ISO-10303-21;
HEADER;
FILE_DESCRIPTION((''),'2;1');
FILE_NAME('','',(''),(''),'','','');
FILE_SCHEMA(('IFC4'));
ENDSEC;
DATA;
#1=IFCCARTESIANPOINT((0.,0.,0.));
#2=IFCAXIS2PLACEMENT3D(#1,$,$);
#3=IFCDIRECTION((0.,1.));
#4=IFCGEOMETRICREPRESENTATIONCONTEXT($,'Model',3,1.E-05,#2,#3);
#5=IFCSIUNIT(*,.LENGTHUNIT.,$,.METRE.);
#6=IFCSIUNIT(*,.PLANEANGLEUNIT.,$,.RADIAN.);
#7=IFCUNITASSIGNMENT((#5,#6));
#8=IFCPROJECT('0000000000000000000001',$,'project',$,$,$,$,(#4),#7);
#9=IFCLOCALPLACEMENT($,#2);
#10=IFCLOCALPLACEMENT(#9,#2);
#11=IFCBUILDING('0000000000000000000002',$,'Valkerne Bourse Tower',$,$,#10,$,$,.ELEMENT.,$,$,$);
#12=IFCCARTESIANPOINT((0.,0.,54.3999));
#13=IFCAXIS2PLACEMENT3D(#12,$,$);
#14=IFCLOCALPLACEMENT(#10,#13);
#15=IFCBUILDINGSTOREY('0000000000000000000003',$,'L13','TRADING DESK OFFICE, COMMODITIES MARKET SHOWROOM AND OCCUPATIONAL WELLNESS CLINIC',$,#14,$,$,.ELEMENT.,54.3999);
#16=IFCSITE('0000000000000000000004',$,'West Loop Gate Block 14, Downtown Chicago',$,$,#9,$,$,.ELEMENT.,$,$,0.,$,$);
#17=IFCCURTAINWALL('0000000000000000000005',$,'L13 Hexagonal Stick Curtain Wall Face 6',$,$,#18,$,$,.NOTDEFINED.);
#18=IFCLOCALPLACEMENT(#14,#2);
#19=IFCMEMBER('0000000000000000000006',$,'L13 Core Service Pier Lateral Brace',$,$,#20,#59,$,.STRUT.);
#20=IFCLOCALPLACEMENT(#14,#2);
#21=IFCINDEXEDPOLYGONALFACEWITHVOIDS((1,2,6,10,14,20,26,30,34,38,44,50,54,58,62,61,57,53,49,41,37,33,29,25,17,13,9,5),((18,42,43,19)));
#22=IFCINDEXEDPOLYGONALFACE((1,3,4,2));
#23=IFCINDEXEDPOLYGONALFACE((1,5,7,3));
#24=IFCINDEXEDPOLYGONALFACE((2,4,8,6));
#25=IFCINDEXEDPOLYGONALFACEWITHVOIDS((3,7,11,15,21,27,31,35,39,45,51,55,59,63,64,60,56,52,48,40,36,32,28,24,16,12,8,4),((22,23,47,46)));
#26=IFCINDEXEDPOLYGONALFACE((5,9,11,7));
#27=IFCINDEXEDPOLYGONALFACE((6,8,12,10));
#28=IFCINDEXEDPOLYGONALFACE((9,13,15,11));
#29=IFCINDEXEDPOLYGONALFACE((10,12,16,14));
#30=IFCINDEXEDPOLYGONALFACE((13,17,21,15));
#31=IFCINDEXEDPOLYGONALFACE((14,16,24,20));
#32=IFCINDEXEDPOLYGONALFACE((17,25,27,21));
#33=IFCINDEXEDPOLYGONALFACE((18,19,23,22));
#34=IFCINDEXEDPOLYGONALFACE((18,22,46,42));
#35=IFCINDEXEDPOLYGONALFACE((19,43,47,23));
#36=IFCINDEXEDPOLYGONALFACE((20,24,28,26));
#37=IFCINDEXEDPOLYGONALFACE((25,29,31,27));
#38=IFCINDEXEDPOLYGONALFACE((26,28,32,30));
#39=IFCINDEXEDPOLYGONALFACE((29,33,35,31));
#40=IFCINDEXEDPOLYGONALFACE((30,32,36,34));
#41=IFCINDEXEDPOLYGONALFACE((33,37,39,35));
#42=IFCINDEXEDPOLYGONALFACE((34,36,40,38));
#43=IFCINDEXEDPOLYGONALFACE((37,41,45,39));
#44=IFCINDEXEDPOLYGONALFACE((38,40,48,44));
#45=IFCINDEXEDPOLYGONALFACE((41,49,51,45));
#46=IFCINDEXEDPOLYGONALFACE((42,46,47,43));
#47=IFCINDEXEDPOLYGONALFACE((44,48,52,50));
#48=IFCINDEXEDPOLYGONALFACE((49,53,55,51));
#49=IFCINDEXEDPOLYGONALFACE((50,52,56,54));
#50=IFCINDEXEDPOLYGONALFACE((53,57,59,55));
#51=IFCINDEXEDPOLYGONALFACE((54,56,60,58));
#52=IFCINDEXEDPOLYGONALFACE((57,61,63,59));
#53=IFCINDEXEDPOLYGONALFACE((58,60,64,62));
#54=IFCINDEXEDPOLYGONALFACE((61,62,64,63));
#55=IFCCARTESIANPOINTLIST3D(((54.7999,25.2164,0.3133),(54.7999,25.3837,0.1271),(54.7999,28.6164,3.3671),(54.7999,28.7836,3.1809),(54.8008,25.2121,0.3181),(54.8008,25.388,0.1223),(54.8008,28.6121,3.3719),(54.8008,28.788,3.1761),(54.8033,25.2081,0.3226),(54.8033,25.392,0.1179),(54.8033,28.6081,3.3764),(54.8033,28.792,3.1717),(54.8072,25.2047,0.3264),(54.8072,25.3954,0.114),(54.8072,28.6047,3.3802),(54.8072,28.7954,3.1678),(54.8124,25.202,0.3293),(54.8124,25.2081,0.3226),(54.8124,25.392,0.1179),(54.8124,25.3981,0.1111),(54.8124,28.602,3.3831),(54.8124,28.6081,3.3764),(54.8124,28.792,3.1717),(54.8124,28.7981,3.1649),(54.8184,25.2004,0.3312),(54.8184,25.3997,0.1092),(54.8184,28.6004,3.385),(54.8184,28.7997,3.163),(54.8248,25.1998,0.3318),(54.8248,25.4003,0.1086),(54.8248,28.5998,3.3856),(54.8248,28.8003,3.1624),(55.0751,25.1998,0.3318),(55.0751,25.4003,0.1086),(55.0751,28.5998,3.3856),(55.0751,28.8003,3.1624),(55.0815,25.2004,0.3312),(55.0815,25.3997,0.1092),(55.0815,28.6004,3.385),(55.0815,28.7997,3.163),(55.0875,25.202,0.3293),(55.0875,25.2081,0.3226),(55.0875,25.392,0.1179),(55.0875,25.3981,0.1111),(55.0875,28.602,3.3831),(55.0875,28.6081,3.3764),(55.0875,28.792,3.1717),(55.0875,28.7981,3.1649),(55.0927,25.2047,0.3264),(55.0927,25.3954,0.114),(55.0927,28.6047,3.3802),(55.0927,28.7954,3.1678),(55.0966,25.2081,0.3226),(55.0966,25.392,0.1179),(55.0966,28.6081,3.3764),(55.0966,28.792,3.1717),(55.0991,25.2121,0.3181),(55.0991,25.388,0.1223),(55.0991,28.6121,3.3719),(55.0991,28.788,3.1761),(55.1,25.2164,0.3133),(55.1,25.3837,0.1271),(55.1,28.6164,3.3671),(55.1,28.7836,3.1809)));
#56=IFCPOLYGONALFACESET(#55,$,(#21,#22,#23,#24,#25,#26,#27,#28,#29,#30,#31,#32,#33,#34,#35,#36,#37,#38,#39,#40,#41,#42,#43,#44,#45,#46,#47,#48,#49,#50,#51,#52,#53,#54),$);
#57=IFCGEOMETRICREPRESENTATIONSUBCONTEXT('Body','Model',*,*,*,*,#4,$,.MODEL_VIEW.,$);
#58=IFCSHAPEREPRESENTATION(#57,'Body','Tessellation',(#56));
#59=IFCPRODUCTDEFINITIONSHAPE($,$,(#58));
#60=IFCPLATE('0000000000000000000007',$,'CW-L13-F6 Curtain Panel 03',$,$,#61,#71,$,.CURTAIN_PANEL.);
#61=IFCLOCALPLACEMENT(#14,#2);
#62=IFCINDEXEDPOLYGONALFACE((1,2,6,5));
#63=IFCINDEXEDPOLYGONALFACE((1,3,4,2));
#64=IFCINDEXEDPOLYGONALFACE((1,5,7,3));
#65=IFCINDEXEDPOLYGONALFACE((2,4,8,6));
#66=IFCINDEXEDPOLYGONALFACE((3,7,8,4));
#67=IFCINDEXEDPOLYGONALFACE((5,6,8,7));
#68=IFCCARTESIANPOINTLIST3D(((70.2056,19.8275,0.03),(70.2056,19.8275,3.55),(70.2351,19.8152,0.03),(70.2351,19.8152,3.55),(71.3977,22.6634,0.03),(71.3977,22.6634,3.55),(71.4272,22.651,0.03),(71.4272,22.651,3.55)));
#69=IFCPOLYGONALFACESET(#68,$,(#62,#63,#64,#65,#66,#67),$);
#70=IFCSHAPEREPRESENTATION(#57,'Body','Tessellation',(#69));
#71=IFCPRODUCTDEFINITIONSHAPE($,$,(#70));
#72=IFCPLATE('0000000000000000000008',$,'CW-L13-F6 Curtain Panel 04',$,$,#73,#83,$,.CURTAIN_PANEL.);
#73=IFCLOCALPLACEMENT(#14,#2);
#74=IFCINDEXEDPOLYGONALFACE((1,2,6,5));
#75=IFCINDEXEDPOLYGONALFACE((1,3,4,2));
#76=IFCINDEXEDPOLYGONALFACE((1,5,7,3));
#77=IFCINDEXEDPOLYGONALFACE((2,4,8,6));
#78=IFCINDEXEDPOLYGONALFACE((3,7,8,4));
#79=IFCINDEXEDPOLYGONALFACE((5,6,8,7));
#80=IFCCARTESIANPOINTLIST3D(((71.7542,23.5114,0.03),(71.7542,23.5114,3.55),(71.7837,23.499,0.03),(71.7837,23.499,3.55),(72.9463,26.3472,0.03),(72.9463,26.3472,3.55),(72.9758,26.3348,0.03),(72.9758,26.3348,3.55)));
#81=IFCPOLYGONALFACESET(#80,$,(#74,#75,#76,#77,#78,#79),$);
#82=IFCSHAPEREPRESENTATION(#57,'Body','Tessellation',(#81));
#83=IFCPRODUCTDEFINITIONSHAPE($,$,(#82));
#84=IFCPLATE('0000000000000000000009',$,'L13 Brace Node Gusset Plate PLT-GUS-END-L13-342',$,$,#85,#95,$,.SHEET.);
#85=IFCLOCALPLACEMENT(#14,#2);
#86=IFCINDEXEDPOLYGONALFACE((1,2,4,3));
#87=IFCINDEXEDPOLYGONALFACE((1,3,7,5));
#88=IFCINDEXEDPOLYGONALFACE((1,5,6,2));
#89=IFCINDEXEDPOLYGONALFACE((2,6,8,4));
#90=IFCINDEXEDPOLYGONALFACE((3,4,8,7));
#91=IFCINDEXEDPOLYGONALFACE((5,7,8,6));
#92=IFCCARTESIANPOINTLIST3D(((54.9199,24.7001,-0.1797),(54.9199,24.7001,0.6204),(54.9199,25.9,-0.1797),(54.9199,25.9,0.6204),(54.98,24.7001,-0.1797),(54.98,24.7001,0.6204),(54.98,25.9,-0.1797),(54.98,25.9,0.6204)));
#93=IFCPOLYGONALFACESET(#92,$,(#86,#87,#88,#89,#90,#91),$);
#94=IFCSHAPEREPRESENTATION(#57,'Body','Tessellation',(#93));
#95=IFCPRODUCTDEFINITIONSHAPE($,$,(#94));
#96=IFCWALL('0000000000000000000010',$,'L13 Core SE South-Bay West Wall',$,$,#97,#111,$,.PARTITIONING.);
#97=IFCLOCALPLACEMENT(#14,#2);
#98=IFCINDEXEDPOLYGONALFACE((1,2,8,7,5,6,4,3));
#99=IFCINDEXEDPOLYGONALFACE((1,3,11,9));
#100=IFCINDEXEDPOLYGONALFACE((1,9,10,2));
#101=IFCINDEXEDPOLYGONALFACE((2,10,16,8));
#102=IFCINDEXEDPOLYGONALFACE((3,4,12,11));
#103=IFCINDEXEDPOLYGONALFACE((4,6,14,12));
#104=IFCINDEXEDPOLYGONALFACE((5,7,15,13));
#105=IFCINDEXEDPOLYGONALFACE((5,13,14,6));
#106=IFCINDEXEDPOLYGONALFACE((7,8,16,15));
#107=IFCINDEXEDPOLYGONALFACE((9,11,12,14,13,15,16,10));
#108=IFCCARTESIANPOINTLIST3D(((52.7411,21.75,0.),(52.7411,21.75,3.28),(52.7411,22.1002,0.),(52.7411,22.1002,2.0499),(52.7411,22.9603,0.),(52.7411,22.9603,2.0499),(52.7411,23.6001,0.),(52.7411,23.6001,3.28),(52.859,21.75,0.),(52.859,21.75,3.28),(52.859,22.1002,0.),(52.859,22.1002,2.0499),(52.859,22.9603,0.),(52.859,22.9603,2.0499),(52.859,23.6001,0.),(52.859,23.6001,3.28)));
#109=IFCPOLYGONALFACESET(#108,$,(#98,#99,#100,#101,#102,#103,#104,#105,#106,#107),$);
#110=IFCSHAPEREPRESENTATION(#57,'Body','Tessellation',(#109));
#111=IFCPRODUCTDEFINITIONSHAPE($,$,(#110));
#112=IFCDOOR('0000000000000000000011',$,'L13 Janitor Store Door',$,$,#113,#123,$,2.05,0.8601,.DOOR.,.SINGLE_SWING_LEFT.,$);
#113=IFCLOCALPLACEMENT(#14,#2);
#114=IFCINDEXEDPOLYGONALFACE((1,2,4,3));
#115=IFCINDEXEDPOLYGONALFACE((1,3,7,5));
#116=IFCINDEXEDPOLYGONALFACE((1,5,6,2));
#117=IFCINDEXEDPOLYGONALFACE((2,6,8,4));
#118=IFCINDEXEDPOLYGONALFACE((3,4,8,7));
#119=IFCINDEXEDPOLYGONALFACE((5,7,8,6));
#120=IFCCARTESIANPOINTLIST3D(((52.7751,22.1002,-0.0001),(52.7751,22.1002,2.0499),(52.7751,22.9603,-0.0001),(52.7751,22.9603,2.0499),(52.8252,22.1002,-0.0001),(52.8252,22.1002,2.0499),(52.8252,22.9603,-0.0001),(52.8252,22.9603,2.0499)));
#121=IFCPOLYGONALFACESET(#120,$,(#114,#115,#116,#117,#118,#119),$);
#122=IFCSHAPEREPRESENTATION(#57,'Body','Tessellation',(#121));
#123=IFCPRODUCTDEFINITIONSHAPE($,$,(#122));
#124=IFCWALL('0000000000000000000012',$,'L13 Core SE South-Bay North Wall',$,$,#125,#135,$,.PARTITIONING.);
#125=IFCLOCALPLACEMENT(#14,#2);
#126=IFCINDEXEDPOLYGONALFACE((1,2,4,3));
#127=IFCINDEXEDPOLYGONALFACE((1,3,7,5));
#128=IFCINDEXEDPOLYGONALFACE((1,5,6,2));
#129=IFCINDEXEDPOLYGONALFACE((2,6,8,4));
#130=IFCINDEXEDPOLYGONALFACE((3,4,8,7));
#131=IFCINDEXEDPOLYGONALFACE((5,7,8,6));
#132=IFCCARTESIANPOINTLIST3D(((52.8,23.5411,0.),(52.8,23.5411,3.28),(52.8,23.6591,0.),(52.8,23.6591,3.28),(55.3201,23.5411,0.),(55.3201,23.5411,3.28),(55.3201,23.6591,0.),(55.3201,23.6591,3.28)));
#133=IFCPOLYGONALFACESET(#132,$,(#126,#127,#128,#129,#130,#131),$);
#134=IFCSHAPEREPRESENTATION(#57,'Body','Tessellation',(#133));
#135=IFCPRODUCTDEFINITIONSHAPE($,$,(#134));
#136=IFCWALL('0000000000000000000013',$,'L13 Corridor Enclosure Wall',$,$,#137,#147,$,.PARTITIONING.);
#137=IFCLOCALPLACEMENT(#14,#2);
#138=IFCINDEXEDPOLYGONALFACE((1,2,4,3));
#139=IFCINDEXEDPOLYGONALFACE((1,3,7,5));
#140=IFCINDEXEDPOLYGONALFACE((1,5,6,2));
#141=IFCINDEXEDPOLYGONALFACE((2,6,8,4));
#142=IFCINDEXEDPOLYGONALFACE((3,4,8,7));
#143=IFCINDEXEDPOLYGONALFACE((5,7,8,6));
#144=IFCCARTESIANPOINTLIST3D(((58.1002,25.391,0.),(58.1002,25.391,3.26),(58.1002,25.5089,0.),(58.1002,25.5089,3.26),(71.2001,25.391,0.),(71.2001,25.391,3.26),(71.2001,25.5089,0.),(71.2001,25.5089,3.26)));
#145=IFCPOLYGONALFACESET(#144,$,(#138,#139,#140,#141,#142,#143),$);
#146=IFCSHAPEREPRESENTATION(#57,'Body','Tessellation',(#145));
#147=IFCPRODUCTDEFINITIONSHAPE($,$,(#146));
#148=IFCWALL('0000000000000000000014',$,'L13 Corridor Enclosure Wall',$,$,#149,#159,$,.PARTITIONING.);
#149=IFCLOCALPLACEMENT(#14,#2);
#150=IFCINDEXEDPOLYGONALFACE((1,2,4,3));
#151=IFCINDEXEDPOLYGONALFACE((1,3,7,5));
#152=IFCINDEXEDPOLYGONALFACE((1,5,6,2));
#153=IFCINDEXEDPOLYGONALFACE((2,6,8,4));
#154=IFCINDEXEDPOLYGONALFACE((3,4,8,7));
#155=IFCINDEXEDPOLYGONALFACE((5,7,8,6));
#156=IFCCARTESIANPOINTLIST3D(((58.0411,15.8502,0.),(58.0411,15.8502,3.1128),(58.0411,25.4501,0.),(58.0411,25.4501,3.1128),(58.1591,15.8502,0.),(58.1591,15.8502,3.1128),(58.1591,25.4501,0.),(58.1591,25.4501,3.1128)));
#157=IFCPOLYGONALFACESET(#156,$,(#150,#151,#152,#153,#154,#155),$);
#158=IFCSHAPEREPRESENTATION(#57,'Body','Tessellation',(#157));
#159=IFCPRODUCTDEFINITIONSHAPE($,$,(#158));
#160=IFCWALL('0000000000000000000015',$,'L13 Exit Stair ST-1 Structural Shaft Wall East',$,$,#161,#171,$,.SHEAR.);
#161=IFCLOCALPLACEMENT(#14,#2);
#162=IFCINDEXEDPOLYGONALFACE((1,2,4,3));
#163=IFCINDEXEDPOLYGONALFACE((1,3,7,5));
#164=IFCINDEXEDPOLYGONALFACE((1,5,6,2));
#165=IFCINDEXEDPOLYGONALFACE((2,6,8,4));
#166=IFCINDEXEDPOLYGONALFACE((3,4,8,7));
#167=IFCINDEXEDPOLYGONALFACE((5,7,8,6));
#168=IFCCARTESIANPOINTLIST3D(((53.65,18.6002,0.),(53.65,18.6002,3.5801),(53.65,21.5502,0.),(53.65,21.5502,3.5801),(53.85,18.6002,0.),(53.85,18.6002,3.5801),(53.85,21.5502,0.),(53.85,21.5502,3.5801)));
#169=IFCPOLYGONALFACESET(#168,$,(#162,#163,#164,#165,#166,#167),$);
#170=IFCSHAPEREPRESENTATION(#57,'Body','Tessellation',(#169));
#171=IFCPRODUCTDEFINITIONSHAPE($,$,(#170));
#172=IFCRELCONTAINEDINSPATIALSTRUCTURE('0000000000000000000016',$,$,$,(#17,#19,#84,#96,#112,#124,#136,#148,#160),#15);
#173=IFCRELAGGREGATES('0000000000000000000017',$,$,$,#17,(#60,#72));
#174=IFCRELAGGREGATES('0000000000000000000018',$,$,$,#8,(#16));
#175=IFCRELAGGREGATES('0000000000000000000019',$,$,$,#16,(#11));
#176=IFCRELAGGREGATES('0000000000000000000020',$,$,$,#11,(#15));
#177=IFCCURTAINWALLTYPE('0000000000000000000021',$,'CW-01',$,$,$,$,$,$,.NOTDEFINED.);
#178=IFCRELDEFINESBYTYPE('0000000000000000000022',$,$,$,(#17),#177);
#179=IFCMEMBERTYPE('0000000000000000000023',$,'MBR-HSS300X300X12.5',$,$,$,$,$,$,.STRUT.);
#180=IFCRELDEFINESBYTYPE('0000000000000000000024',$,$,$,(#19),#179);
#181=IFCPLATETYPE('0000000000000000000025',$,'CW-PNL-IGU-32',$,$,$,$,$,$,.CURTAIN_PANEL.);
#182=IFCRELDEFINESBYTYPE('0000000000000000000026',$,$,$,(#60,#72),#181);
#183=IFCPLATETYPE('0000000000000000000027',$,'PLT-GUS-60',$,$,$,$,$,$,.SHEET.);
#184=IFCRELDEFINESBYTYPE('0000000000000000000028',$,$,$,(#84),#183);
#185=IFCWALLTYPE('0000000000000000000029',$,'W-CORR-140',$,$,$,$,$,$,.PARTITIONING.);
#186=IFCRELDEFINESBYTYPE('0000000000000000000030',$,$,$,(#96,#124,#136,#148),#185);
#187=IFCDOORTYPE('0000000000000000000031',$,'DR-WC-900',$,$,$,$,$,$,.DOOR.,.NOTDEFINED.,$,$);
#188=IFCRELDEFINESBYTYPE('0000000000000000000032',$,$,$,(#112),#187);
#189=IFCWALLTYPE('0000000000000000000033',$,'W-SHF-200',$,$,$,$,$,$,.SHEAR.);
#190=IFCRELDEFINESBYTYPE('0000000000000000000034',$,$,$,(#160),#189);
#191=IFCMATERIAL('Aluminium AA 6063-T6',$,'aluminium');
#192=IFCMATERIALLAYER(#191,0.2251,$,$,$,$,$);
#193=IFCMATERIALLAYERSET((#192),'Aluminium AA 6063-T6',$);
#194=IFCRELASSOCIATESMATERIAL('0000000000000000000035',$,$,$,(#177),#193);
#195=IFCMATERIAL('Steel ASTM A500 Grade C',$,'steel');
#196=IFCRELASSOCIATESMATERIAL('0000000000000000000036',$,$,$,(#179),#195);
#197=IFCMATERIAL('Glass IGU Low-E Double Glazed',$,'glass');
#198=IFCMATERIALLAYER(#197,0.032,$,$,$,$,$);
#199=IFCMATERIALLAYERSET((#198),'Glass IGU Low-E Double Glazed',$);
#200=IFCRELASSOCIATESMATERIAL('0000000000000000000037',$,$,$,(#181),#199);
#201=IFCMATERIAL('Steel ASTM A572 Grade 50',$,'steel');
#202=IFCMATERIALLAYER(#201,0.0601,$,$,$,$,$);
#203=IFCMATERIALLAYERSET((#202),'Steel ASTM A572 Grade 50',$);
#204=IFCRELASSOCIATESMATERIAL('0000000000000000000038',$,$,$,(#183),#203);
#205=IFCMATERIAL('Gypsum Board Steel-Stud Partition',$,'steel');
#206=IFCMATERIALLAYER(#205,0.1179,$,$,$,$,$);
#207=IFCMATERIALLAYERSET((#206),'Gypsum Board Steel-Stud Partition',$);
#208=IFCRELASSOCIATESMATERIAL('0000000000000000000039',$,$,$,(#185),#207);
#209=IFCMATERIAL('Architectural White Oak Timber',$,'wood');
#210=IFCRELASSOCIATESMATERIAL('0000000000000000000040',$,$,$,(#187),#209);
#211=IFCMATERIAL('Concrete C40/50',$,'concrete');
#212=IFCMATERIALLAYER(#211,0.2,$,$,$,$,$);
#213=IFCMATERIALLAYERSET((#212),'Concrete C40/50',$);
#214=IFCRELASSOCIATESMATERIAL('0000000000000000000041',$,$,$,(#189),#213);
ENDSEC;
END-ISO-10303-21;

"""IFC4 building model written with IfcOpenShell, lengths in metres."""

from ifc_helpers import new_model, si_unit, direction, frame, frame_2d, origin, origin_2d, place, context, subcontext, project, spatial, rectangle, hollow_rectangle, extrude, material, layer, layer_set, material_profile, profile_set, type_object, element, fill, aggregate, save


model = new_model("IFC4")

# Units and contexts
model_context = context("Model", 3, precision=1e-05, world=origin(), true_north=direction((0.0, 1.0)))
body_context = subcontext(model_context, "Body", "Model", "MODEL_VIEW")
ifc_project = project(units=[si_unit("LENGTHUNIT", "METRE"), si_unit("PLANEANGLEUNIT", "RADIAN")], contexts=[model_context])

# Site, building, storey
site_placement = place(None, origin())
site = spatial("IfcSite", under=ifc_project, at=site_placement, Name="West Loop Gate Block 14, Downtown Chicago", CompositionType="ELEMENT", RefElevation=0.0)
building_placement = place(site_placement, origin())
building = spatial("IfcBuilding", under=site, at=building_placement, Name="Valkerne Bourse Tower", CompositionType="ELEMENT")
storey_placement = place(building_placement, frame((0.0, 0.0, 54.3999)))
storey = spatial("IfcBuildingStorey", under=building, at=storey_placement, Name="L13", Description="TRADING DESK OFFICE, COMMODITIES MARKET SHOWROOM AND OCCUPATIONAL WELLNESS CLINIC", CompositionType="ELEMENT", Elevation=54.3999)

# Curtain wall
ifc_material_1 = material(Name="Aluminium AA 6063-T6", Category="aluminium")
ifc_layer_1 = layer(ifc_material_1, 0.2251)
ifc_layer_set_1 = layer_set([ifc_layer_1], Name="Aluminium AA 6063-T6")
curtain_wall_type = type_object("IfcCurtainWallType", Name="CW-01", PredefinedType="NOTDEFINED", material=ifc_layer_set_1)
curtain_wall_placement = place(storey_placement, origin())
curtain_wall = element("IfcCurtainWall", 1, at=curtain_wall_placement, inside=storey, type_object=curtain_wall_type, Name="L13 Hexagonal Stick Curtain Wall Face 6", PredefinedType="NOTDEFINED")

# Member
ifc_material_2 = material(Name="Steel ASTM A500 Grade C", Category="steel")
ifc_material_profile_1 = material_profile(ifc_material_2, hollow_rectangle(XDim=0.3, YDim=0.3, WallThickness=0.0125, OuterFilletRadius=0.0249, at=origin_2d()), Name="HSS300X300X12.5")
ifc_profile_set_1 = profile_set([ifc_material_profile_1], Name="Steel ASTM A500 Grade C")
member_type_1 = type_object("IfcMemberType", Name="MBR-HSS300X300X12.5", PredefinedType="STRUT", material=ifc_profile_set_1)
member_1_placement = place(storey_placement, frame((54.95, 25.3, 0.2202), z_axis=(0.0, 0.743968, 0.668215), x_axis=(-1.0, 0.0, 0.0)))
element("IfcMember", 2, at=member_1_placement, inside=storey, type_object=member_type_1, Name="L13 Core Service Pier Lateral Brace", PredefinedType="STRUT", context=body_context, shape_type="SweptSolid", body=[
    extrude(hollow_rectangle(XDim=0.3, YDim=0.3, WallThickness=0.0125, OuterFilletRadius=0.0249, at=origin_2d()), origin(), (0.0, 0.0, 1.0), 4.5701),
])

# Plates
ifc_material_3 = material(Name="Glass IGU Low-E Double Glazed", Category="glass")
ifc_layer_2 = layer(ifc_material_3, 0.032)
ifc_layer_set_2 = layer_set([ifc_layer_2], Name="Glass IGU Low-E Double Glazed")
plate_type_1 = type_object("IfcPlateType", Name="CW-PNL-IGU-32", PredefinedType="CURTAIN_PANEL", material=ifc_layer_set_2)
plate_1_placement = place(storey_placement, frame((70.8164, 21.2393, 0.03), z_axis=(0.0, 0.0, 1.0), x_axis=(0.38751, 0.921866, 0.0)))
plate_1 = element("IfcPlate", 3, at=plate_1_placement, type_object=plate_type_1, Name="CW-L13-F6 Curtain Panel 03", PredefinedType="CURTAIN_PANEL", context=body_context, shape_type="SweptSolid", body=[
    extrude(rectangle(XDim=3.0762, YDim=0.032, at=origin_2d()), origin(), (0.0, 0.0, 1.0), 3.52),
])
plate_2_placement = place(storey_placement, frame((72.365, 24.9231, 0.03), z_axis=(0.0, 0.0, 1.0), x_axis=(0.38751, 0.921866, 0.0)))
plate_2 = element("IfcPlate", 4, at=plate_2_placement, type_object=plate_type_1, Name="CW-L13-F6 Curtain Panel 04", PredefinedType="CURTAIN_PANEL", context=body_context, shape_type="SweptSolid", body=[
    extrude(rectangle(XDim=3.0762, YDim=0.032, at=origin_2d()), origin(), (0.0, 0.0, 1.0), 3.52),
])
aggregate(curtain_wall, [plate_1, plate_2])
ifc_material_4 = material(Name="Steel ASTM A572 Grade 50", Category="steel")
ifc_layer_3 = layer(ifc_material_4, 0.0601)
ifc_layer_set_3 = layer_set([ifc_layer_3], Name="Steel ASTM A572 Grade 50")
plate_type_2 = type_object("IfcPlateType", Name="PLT-GUS-60", PredefinedType="SHEET", material=ifc_layer_set_3)
plate_3_placement = place(storey_placement, frame((54.95, 25.3, -0.1797), z_axis=(0.0, 0.0, 1.0), x_axis=(0.0, 1.0, 0.0)))
element("IfcPlate", 5, at=plate_3_placement, inside=storey, type_object=plate_type_2, Name="L13 Brace Node Gusset Plate PLT-GUS-END-L13-342", PredefinedType="SHEET", context=body_context, shape_type="SweptSolid", body=[
    extrude(rectangle(XDim=1.2, YDim=0.0601, at=origin_2d()), origin(), (0.0, 0.0, 1.0), 0.8),
])

# Wall, opening, door
ifc_material_5 = material(Name="Gypsum Board Steel-Stud Partition", Category="steel")
ifc_layer_4 = layer(ifc_material_5, 0.1179)
ifc_layer_set_4 = layer_set([ifc_layer_4], Name="Gypsum Board Steel-Stud Partition")
wall_type_1 = type_object("IfcWallType", Name="W-CORR-140", PredefinedType="PARTITIONING", material=ifc_layer_set_4)
wall_1_placement = place(storey_placement, frame((52.8, 21.75, 0.0), z_axis=(0.0, 0.0, 1.0), x_axis=(0.0, 1.0, 0.0)))
wall_1 = element("IfcWall", 6, at=wall_1_placement, inside=storey, type_object=wall_type_1, Name="L13 Core SE South-Bay West Wall", PredefinedType="PARTITIONING", context=body_context, shape_type="SweptSolid", body=[
    extrude(rectangle(XDim=1.8501, YDim=0.1179, at=frame_2d((0.925, 0.0))), origin(), (0.0, 0.0, 1.0), 3.28),
])
opening_1_placement = place(wall_1_placement, frame((0.3501, 0.0, 0.0)))
opening_1 = element("IfcOpeningElement", 7, at=opening_1_placement, cuts=wall_1, PredefinedType="OPENING", context=body_context, shape_type="SweptSolid", body=[
    extrude(rectangle(XDim=0.8601, YDim=2.05, at=frame_2d((0.4302, 1.0249))), frame((0.0, 0.0688, 0.0), z_axis=(0.0, -1.0, 0.0), x_axis=(1.0, 0.0, 0.0)), (0.0, 0.0, 1.0), 0.1379),
])
ifc_material_6 = material(Name="Architectural White Oak Timber", Category="wood")
door_type_1 = type_object("IfcDoorType", Name="DR-WC-900", OperationType="NOTDEFINED", PredefinedType="DOOR", material=ifc_material_6)
door_1_placement = place(opening_1_placement, origin())
door_1 = element("IfcDoor", 8, at=door_1_placement, inside=storey, type_object=door_type_1, Name="L13 Janitor Store Door", OperationType="SINGLE_SWING_LEFT", OverallHeight=2.05, OverallWidth=0.8601, PredefinedType="DOOR", context=body_context, shape_type="SweptSolid", body=[
    extrude(rectangle(XDim=0.8601, YDim=2.05, at=frame_2d((0.4302, 1.0249))), frame((0.0, 0.0249, 0.0), z_axis=(0.0, -1.0, 0.0), x_axis=(1.0, 0.0, 0.0)), (0.0, 0.0, 1.0), 0.05),
])
fill(opening_1, door_1)

# Walls
wall_2_placement = place(storey_placement, frame((52.8, 23.6001, 0.0), z_axis=(0.0, 0.0, 1.0), x_axis=(1.0, 0.0, 0.0)))
element("IfcWall", 9, at=wall_2_placement, inside=storey, type_object=wall_type_1, Name="L13 Core SE South-Bay North Wall", PredefinedType="PARTITIONING", context=body_context, shape_type="SweptSolid", body=[
    extrude(rectangle(XDim=2.52, YDim=0.1179, at=frame_2d((1.26, 0.0))), origin(), (0.0, 0.0, 1.0), 3.28),
])
wall_3_placement = place(storey_placement, frame((71.2, 25.45, 0.0), z_axis=(0.0, 0.0, 1.0), x_axis=(-1.0, 0.0, 0.0)))
element("IfcWall", 10, at=wall_3_placement, inside=storey, type_object=wall_type_1, Name="L13 Corridor Enclosure Wall", PredefinedType="PARTITIONING", context=body_context, shape_type="SweptSolid", body=[
    extrude(rectangle(XDim=13.0999, YDim=0.1179, at=frame_2d((6.5498, 0.0))), origin(), (0.0, 0.0, 1.0), 3.26),
])
wall_4_placement = place(storey_placement, frame((58.1001, 25.45, 0.0), z_axis=(0.0, 0.0, 1.0), x_axis=(0.0, -1.0, 0.0)))
element("IfcWall", 11, at=wall_4_placement, inside=storey, type_object=wall_type_1, Name="L13 Corridor Enclosure Wall", PredefinedType="PARTITIONING", context=body_context, shape_type="SweptSolid", body=[
    extrude(rectangle(XDim=9.5999, YDim=0.1179, at=frame_2d((4.7998, 0.0))), origin(), (0.0, 0.0, 1.0), 3.1128),
])

# Wall
ifc_material_7 = material(Name="Concrete C40/50", Category="concrete")
ifc_layer_5 = layer(ifc_material_7, 0.2)
ifc_layer_set_5 = layer_set([ifc_layer_5], Name="Concrete C40/50")
wall_type_2 = type_object("IfcWallType", Name="W-SHF-200", PredefinedType="SHEAR", material=ifc_layer_set_5)
wall_5_placement = place(storey_placement, frame((53.75, 18.6001, 0.0), z_axis=(0.0, 0.0, 1.0), x_axis=(0.0, 1.0, 0.0)))
element("IfcWall", 12, at=wall_5_placement, inside=storey, type_object=wall_type_2, Name="L13 Exit Stair ST-1 Structural Shaft Wall East", PredefinedType="SHEAR", context=body_context, shape_type="SweptSolid", body=[
    extrude(rectangle(XDim=2.95, YDim=0.2, at=frame_2d((1.4751, 0.0))), origin(), (0.0, 0.0, 1.0), 3.5801),
])

save(model, "model.ifc")
